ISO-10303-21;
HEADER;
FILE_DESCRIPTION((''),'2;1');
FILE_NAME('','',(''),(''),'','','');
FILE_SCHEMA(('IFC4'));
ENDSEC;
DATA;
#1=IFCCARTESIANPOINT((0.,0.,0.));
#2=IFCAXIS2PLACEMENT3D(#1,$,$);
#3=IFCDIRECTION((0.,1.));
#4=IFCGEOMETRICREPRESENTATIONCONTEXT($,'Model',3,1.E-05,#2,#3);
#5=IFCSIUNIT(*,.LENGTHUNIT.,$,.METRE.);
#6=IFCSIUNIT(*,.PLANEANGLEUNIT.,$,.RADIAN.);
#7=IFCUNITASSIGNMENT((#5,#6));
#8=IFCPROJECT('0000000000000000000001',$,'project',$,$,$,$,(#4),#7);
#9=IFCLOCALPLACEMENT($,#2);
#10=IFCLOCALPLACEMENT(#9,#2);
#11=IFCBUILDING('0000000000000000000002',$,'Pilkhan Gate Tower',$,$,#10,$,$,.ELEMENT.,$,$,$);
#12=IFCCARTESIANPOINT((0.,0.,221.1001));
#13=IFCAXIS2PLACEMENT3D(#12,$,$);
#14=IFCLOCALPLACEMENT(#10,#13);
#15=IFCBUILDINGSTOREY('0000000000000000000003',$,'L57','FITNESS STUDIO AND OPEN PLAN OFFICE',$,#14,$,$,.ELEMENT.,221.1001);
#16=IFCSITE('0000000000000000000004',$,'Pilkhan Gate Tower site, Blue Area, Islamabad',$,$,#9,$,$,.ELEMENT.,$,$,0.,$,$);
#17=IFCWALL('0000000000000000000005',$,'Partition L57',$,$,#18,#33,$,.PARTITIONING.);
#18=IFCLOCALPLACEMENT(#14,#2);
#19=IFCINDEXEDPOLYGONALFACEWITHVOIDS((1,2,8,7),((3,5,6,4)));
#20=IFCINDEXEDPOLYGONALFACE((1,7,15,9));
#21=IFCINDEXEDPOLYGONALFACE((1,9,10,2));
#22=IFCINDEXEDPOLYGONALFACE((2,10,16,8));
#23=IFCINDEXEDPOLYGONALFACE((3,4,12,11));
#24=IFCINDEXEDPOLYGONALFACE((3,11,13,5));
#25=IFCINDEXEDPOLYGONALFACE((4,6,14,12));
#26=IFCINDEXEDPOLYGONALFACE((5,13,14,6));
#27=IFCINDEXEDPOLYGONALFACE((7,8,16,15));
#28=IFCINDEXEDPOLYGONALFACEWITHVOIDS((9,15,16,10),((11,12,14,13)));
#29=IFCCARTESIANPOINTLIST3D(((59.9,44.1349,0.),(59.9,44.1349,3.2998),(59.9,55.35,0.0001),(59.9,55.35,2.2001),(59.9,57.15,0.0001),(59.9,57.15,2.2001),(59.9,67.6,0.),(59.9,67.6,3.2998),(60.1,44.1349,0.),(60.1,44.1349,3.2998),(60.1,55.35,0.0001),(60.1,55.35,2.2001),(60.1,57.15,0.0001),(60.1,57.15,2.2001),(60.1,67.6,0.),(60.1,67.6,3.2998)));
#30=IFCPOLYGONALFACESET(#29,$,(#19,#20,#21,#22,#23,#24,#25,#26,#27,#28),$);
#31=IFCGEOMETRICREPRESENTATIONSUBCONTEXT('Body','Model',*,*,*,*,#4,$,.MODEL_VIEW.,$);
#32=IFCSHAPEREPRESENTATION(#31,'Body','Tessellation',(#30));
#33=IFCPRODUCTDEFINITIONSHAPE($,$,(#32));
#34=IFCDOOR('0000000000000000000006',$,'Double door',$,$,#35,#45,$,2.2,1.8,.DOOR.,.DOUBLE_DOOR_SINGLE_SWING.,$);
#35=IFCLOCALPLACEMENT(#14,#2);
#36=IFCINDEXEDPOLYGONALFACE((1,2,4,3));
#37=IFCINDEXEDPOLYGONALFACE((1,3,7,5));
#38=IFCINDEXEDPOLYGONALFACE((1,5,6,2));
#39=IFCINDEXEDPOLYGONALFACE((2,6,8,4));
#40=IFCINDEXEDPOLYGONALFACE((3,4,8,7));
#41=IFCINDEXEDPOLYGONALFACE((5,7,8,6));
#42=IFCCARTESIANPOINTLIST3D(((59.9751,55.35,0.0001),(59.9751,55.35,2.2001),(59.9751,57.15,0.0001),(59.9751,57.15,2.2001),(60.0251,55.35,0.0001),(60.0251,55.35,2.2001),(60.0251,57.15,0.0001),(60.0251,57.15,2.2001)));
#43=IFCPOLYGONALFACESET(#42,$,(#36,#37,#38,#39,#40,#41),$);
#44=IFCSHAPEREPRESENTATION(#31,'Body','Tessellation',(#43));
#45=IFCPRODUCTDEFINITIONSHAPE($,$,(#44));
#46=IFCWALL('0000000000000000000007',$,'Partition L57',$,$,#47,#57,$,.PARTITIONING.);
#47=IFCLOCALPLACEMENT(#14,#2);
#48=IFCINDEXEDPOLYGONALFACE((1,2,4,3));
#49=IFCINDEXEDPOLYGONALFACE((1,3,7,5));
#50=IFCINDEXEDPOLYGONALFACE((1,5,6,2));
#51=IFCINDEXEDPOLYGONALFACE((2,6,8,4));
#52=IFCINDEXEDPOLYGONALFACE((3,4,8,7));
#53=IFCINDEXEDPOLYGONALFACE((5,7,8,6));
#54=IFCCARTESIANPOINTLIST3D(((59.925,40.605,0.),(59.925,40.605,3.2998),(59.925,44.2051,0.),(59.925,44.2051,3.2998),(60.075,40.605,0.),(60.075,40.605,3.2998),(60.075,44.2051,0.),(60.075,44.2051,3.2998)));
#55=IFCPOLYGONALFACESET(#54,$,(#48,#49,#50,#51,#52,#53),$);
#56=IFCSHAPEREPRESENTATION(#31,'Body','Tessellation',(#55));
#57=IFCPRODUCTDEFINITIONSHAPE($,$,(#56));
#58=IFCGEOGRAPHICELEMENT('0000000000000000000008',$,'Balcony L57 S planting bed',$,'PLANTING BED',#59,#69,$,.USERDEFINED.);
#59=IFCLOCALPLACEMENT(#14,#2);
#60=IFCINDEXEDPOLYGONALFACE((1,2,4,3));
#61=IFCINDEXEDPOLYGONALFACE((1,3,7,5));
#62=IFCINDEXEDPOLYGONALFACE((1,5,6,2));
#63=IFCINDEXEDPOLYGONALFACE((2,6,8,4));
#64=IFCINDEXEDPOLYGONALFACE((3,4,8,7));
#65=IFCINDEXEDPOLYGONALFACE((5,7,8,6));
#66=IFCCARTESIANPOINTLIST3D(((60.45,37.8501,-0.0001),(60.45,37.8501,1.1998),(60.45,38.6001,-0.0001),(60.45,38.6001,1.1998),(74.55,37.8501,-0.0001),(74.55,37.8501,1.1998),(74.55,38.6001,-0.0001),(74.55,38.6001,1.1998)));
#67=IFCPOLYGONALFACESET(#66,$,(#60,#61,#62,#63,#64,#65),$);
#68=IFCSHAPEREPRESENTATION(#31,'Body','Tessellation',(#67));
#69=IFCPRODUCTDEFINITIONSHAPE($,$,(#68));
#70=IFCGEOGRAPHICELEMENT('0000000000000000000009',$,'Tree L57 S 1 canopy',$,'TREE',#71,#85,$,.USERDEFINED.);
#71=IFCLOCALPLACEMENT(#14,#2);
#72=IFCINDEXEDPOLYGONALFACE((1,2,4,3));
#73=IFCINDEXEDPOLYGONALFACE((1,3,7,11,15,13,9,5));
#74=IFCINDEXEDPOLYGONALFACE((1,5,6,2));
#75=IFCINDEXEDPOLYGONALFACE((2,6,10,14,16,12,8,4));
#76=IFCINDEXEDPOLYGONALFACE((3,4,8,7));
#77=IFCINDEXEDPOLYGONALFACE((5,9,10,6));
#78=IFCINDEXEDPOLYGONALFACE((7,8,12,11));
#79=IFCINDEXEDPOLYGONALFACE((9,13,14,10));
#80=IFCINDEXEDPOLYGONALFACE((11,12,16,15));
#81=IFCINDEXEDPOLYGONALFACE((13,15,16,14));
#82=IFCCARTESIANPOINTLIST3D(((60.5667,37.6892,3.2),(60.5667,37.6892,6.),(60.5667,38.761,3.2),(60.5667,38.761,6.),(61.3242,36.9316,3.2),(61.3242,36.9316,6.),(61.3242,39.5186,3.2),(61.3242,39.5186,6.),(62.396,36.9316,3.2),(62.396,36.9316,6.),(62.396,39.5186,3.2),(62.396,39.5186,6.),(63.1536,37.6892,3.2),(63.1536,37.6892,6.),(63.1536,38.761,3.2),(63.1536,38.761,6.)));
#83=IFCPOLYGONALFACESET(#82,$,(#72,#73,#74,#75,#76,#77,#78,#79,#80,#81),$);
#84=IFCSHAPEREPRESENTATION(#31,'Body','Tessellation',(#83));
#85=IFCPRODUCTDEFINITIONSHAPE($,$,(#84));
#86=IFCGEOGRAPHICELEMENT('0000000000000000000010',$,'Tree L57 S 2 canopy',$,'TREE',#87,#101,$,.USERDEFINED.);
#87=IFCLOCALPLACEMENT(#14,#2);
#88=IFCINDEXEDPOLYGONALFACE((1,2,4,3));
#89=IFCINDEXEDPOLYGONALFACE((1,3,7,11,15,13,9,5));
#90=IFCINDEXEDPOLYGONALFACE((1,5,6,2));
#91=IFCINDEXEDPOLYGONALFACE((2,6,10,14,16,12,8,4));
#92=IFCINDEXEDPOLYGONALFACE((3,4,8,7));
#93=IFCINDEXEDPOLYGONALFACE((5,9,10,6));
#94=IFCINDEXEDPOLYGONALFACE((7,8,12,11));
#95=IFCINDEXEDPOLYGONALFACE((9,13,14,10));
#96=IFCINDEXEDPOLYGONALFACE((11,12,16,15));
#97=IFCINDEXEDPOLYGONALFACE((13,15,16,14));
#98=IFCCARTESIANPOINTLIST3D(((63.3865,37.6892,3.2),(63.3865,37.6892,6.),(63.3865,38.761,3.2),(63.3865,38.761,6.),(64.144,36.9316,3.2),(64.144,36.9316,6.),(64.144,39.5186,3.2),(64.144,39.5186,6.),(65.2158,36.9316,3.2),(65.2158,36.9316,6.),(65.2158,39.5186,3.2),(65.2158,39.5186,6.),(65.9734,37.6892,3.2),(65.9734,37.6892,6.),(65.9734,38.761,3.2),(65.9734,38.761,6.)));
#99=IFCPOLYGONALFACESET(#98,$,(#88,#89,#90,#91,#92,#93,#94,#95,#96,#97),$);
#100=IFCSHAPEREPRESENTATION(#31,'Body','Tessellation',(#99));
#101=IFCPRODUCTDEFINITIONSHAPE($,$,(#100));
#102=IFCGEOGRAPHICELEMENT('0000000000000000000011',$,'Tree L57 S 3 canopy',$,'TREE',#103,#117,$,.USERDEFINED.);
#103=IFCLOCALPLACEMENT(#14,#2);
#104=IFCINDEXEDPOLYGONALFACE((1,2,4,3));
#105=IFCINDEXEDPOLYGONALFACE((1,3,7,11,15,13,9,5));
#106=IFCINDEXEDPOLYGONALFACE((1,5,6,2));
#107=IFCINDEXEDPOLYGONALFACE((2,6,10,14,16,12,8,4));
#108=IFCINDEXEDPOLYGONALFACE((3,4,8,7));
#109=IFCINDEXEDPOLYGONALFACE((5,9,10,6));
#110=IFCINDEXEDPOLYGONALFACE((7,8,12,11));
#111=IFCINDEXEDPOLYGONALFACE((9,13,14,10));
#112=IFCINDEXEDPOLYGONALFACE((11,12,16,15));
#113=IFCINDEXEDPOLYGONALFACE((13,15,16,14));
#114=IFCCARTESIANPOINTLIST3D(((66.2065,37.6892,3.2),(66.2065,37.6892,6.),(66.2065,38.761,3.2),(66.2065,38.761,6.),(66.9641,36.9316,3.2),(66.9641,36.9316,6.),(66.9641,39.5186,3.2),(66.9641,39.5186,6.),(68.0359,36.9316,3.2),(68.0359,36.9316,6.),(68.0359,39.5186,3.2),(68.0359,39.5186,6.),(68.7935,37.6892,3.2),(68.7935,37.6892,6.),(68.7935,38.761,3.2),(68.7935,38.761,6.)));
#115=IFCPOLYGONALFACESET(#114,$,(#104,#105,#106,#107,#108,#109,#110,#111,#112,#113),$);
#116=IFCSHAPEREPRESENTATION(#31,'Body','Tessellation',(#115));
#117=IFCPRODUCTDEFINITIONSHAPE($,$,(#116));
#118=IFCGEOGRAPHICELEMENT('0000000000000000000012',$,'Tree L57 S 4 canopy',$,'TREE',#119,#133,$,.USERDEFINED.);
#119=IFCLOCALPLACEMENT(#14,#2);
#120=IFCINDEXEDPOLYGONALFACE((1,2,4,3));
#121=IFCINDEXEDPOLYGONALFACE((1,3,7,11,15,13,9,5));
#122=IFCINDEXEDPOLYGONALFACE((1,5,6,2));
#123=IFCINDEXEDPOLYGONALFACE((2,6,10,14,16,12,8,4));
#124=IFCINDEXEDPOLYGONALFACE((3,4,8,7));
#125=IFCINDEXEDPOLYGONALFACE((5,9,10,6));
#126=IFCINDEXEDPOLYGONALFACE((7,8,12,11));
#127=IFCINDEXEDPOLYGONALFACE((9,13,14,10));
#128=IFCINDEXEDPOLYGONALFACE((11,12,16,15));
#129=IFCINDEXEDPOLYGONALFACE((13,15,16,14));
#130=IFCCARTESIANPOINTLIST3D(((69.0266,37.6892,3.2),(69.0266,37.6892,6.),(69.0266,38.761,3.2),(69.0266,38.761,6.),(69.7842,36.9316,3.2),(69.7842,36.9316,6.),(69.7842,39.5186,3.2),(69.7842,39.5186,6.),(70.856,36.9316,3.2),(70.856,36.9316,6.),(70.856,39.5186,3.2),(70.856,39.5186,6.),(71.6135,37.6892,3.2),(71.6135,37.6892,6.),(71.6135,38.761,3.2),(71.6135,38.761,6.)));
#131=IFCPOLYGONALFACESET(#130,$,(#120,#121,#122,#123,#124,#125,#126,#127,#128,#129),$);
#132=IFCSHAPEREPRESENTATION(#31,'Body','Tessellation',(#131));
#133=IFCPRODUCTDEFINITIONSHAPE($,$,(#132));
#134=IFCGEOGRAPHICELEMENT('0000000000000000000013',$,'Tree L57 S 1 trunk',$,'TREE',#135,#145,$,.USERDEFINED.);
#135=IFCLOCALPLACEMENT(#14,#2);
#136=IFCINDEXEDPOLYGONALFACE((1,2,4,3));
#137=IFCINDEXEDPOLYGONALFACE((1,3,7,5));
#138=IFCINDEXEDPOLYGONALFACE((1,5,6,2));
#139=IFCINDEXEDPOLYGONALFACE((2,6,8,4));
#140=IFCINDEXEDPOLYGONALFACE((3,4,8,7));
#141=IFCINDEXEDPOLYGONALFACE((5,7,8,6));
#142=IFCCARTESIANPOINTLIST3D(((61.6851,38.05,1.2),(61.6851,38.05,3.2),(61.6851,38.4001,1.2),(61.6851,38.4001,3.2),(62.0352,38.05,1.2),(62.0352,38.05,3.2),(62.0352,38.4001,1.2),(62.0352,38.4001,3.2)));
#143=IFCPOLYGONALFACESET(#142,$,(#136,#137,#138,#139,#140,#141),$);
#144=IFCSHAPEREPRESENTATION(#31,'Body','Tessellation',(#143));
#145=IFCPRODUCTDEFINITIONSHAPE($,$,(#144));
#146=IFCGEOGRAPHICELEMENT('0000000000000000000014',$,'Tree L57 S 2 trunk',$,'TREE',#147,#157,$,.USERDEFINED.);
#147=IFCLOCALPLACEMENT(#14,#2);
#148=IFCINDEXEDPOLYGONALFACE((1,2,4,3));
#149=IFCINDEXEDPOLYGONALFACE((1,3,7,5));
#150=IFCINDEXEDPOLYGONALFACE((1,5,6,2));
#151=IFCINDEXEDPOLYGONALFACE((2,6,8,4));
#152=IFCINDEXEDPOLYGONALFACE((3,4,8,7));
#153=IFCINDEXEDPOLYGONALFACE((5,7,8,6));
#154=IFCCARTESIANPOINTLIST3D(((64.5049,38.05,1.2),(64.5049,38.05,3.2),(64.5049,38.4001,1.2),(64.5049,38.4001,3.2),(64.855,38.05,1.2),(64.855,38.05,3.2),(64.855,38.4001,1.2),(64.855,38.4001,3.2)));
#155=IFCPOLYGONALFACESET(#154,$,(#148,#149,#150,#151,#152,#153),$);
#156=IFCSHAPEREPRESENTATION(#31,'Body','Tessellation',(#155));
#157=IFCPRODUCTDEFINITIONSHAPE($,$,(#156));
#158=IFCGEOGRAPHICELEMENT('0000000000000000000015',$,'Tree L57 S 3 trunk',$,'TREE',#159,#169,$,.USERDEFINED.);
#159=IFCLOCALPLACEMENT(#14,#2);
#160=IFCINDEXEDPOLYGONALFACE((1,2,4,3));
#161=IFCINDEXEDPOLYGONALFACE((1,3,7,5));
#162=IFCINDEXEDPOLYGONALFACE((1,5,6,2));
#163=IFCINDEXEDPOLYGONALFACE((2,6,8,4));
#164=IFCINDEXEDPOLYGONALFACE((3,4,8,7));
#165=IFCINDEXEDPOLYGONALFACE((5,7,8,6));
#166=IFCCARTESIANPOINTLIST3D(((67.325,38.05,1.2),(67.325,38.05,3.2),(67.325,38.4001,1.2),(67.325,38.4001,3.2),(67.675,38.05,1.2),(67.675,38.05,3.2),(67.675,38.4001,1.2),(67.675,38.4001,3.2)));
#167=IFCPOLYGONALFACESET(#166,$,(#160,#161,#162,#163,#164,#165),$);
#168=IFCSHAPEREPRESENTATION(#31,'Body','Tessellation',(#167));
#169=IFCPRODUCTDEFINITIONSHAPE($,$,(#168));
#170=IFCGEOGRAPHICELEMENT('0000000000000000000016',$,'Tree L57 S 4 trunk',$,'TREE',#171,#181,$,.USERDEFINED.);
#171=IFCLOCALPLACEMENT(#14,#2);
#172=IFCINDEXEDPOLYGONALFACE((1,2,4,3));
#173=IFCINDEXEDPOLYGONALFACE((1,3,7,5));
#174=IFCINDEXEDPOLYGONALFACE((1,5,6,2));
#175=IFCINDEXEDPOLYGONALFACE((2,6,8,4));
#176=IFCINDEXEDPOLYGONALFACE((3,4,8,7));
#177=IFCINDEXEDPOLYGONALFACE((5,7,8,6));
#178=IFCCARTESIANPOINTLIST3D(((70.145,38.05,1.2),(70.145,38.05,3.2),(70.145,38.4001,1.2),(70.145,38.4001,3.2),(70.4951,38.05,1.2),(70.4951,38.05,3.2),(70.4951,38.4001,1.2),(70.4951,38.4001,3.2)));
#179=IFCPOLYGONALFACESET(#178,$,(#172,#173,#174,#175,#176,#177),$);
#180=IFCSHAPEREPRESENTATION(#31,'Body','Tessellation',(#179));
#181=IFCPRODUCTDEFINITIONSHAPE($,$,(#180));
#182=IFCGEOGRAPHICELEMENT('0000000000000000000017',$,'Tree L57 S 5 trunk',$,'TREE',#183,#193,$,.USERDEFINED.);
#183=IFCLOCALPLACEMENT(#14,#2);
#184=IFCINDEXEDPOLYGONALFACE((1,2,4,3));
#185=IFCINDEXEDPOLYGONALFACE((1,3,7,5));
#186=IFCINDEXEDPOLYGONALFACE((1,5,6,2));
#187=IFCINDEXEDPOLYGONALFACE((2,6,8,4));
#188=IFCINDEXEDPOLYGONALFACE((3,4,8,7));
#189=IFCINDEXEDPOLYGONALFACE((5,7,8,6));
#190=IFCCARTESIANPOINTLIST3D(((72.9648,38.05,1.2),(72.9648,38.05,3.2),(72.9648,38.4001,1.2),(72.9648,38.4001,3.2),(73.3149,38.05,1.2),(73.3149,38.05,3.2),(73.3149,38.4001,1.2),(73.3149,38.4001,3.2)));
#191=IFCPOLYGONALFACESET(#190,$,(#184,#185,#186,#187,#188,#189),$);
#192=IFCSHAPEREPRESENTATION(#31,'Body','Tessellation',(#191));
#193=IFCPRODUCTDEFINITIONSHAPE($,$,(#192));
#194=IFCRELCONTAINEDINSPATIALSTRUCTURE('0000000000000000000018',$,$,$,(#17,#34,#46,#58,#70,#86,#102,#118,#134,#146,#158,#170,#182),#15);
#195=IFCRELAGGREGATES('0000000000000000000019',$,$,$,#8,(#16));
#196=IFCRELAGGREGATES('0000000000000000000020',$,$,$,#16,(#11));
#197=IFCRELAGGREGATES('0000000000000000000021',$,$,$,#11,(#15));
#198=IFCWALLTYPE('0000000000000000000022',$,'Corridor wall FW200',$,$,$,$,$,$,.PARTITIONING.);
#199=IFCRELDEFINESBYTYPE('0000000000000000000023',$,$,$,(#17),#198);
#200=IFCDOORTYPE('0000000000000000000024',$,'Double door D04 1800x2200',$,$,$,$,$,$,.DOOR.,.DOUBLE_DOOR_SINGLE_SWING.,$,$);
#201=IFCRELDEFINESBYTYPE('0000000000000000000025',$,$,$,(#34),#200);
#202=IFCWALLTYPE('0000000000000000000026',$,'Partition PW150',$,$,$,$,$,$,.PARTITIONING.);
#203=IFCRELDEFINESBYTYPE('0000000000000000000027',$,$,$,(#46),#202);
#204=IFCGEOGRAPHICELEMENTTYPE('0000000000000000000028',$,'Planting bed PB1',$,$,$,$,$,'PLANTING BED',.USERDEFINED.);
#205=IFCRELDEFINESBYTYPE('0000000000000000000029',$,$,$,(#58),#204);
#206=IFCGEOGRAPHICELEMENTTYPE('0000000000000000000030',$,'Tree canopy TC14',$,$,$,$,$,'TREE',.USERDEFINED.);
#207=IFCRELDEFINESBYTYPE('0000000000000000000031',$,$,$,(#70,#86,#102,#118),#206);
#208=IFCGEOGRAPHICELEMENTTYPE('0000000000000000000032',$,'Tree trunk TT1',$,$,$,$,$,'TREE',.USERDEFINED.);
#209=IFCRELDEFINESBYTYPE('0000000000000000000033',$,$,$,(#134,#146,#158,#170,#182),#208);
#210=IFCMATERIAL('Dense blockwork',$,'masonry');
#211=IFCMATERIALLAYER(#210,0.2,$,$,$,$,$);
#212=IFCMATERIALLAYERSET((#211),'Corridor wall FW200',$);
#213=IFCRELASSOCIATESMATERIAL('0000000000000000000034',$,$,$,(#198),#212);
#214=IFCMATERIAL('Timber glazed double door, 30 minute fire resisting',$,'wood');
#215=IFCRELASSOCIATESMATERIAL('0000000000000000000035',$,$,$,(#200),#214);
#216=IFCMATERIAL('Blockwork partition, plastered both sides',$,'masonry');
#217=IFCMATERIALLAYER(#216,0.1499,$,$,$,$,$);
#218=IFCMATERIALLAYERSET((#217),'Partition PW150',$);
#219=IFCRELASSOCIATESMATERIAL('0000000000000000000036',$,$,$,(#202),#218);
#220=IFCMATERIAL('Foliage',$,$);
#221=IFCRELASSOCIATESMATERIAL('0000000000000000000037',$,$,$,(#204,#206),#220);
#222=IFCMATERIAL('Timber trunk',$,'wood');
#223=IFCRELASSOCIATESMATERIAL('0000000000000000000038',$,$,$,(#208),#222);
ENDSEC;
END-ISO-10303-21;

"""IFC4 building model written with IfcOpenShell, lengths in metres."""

from ifc_helpers import new_model, si_unit, direction, frame, frame_2d, origin, origin_2d, place, context, subcontext, project, spatial, polyline, rectangle, outline, extrude, material, layer, layer_set, material_profile, profile_set, type_object, element, fill, save


model = new_model("IFC4")

# Units and contexts
model_context = context("Model", 3, precision=1e-05, world=origin(), true_north=direction((0.0, 1.0)))
body_context = subcontext(model_context, "Body", "Model", "MODEL_VIEW")
ifc_project = project(units=[si_unit("LENGTHUNIT", "METRE"), si_unit("PLANEANGLEUNIT", "RADIAN")], contexts=[model_context])

# Site, building, storey
site_placement = place(None, origin())
site = spatial("IfcSite", under=ifc_project, at=site_placement, Name="Pilkhan Gate Tower site, Blue Area, Islamabad", CompositionType="ELEMENT", RefElevation=0.0)
building_placement = place(site_placement, origin())
building = spatial("IfcBuilding", under=site, at=building_placement, Name="Pilkhan Gate Tower", CompositionType="ELEMENT")
storey_placement = place(building_placement, frame((0.0, 0.0, 221.1001)))
storey = spatial("IfcBuildingStorey", under=building, at=storey_placement, Name="L57", Description="FITNESS STUDIO AND OPEN PLAN OFFICE", CompositionType="ELEMENT", Elevation=221.1001)

# Shared definitions
ifc_material_1 = material(Name="Dense blockwork", Category="masonry")
ifc_layer_1 = layer(ifc_material_1, 0.2)
ifc_layer_set_1 = layer_set([ifc_layer_1], Name="Corridor wall FW200")
wall_type_1 = type_object("IfcWallType", Name="Corridor wall FW200", PredefinedType="PARTITIONING", material=ifc_layer_set_1)

# Wall, opening, door
wall_1_placement = place(storey_placement, frame((60.0, 44.135, 0.0), z_axis=(0.0, 0.0, 1.0), x_axis=(0.0, 1.0, 0.0)))
wall_1 = element("IfcWall", 1, at=wall_1_placement, inside=storey, type_object=wall_type_1, Name="Partition L57", PredefinedType="PARTITIONING", context=body_context, shape_type="SweptSolid", body=[
    extrude(rectangle(XDim=23.4651, YDim=0.2, at=frame_2d((11.7324, 0.0))), origin(), (0.0, 0.0, 1.0), 3.2998),
])
opening_1_placement = place(wall_1_placement, frame((11.2151, 0.0, 0.0)))
opening_1 = element("IfcOpeningElement", 2, at=opening_1_placement, cuts=wall_1, PredefinedType="OPENING", context=body_context, shape_type="SweptSolid", body=[
    extrude(rectangle(XDim=1.8, YDim=2.2, at=frame_2d((0.8999, 1.1001))), frame((0.0, 0.1099, 0.0), z_axis=(0.0, -1.0, 0.0), x_axis=(1.0, 0.0, 0.0)), (0.0, 0.0, 1.0), 0.22),
])
ifc_material_2 = material(Name="Timber glazed double door, 30 minute fire resisting", Category="wood")
door_type_1 = type_object("IfcDoorType", Name="Double door D04 1800x2200", OperationType="DOUBLE_DOOR_SINGLE_SWING", PredefinedType="DOOR", material=ifc_material_2)
door_1_placement = place(opening_1_placement, origin())
door_1 = element("IfcDoor", 3, at=door_1_placement, inside=storey, type_object=door_type_1, Name="Double door", OperationType="DOUBLE_DOOR_SINGLE_SWING", OverallHeight=2.2, OverallWidth=1.8, PredefinedType="DOOR", context=body_context, shape_type="SweptSolid", body=[
    extrude(rectangle(XDim=1.8, YDim=2.2, at=frame_2d((0.8999, 1.1001))), frame((0.0, 0.0249, 0.0), z_axis=(0.0, -1.0, 0.0), x_axis=(1.0, 0.0, 0.0)), (0.0, 0.0, 1.0), 0.05),
])
fill(opening_1, door_1)

# Wall
ifc_material_3 = material(Name="Blockwork partition, plastered both sides", Category="masonry")
ifc_layer_2 = layer(ifc_material_3, 0.1499)
ifc_layer_set_2 = layer_set([ifc_layer_2], Name="Partition PW150")
wall_type_2 = type_object("IfcWallType", Name="Partition PW150", PredefinedType="PARTITIONING", material=ifc_layer_set_2)
wall_2_placement = place(storey_placement, frame((60.0, 40.605, 0.0), z_axis=(0.0, 0.0, 1.0), x_axis=(0.0, 1.0, 0.0)))
element("IfcWall", 4, at=wall_2_placement, inside=storey, type_object=wall_type_2, Name="Partition L57", PredefinedType="PARTITIONING", context=body_context, shape_type="SweptSolid", body=[
    extrude(rectangle(XDim=3.6001, YDim=0.1499, at=frame_2d((1.8, 0.0))), origin(), (0.0, 0.0, 1.0), 3.2998),
])

# Geographic elements
ifc_material_4 = material(Name="Foliage")
ifc_material_profile_1 = material_profile(ifc_material_4, rectangle(XDim=0.75, YDim=1.2, at=origin_2d()), Name="Bed 750x1200")
ifc_profile_set_1 = profile_set([ifc_material_profile_1], Name="Foliage")
geographic_element_type_1 = type_object("IfcGeographicElementType", Name="Planting bed PB1", ElementType="PLANTING BED", PredefinedType="USERDEFINED", material=ifc_profile_set_1)
geographic_element_placement = place(storey_placement, frame((60.45, 38.2251, 0.5999), z_axis=(1.0, 0.0, 0.0), x_axis=(0.0, 1.0, 0.0)))
element("IfcGeographicElement", 5, at=geographic_element_placement, inside=storey, type_object=geographic_element_type_1, Name="Balcony L57 S planting bed", ObjectType="PLANTING BED", PredefinedType="USERDEFINED", context=body_context, shape_type="SweptSolid", body=[
    extrude(rectangle(XDim=0.75, YDim=1.2, at=origin_2d()), origin(), (0.0, 0.0, 1.0), 14.1001),
])
ifc_material_profile_2 = material_profile(ifc_material_4, outline(polyline([(1.2935, 0.5359), (0.5359, 1.2935), (-0.5359, 1.2935), (-1.2935, 0.5359), (-1.2935, -0.5359), (-0.5359, -1.2935), (0.5359, -1.2935), (1.2935, -0.5359), (1.2935, 0.5359)])), Name="Canopy D2.8")
ifc_profile_set_2 = profile_set([ifc_material_profile_2], Name="Foliage")
geographic_element_type_2 = type_object("IfcGeographicElementType", Name="Tree canopy TC14", ElementType="TREE", PredefinedType="USERDEFINED", material=ifc_profile_set_2)
for number, where, z_axis, x_axis, name in (
    (6, (61.8601, 38.2251, 3.2), (0.0, 0.0, 1.0), (1.0, 0.0, 0.0), "Tree L57 S 1 canopy"),
    (7, (64.6799, 38.2251, 3.2), (0.0, 0.0, 1.0), (1.0, 0.0, 0.0), "Tree L57 S 2 canopy"),
    (8, (67.5, 38.2251, 3.2), (0.0, 0.0, 1.0), (1.0, 0.0, 0.0), "Tree L57 S 3 canopy"),
    (9, (70.3201, 38.2251, 3.2), (0.0, 0.0, 1.0), (1.0, 0.0, 0.0), "Tree L57 S 4 canopy"),
):
    element("IfcGeographicElement", number, at=place(storey_placement, frame(where, z_axis=z_axis, x_axis=x_axis)), inside=storey, type_object=geographic_element_type_2, Name=name, ObjectType="TREE", PredefinedType="USERDEFINED", context=body_context, shape_type="SweptSolid", body=[
        extrude(outline(polyline([(1.2935, 0.5359), (0.5359, 1.2935), (-0.5359, 1.2935), (-1.2935, 0.5359), (-1.2935, -0.5359), (-0.5359, -1.2935), (0.5359, -1.2935), (1.2935, -0.5359), (1.2935, 0.5359)])), origin(), (0.0, 0.0, 1.0), 2.8),
    ])
ifc_material_5 = material(Name="Timber trunk", Category="wood")
geographic_element_type_3 = type_object("IfcGeographicElementType", Name="Tree trunk TT1", ElementType="TREE", PredefinedType="USERDEFINED", material=ifc_material_5)
for number, where, z_axis, x_axis, name in (
    (10, (61.8601, 38.2251, 1.2), (0.0, 0.0, 1.0), (1.0, 0.0, 0.0), "Tree L57 S 1 trunk"),
    (11, (64.6799, 38.2251, 1.2), (0.0, 0.0, 1.0), (1.0, 0.0, 0.0), "Tree L57 S 2 trunk"),
    (12, (67.5, 38.2251, 1.2), (0.0, 0.0, 1.0), (1.0, 0.0, 0.0), "Tree L57 S 3 trunk"),
    (13, (70.3201, 38.2251, 1.2), (0.0, 0.0, 1.0), (1.0, 0.0, 0.0), "Tree L57 S 4 trunk"),
    (14, (73.1399, 38.2251, 1.2), (0.0, 0.0, 1.0), (1.0, 0.0, 0.0), "Tree L57 S 5 trunk"),
):
    element("IfcGeographicElement", number, at=place(storey_placement, frame(where, z_axis=z_axis, x_axis=x_axis)), inside=storey, type_object=geographic_element_type_3, Name=name, ObjectType="TREE", PredefinedType="USERDEFINED", context=body_context, shape_type="SweptSolid", body=[
        extrude(rectangle(XDim=0.3501, YDim=0.3501, at=origin_2d()), origin(), (0.0, 0.0, 1.0), 2.0),
    ])

save(model, "model.ifc")
